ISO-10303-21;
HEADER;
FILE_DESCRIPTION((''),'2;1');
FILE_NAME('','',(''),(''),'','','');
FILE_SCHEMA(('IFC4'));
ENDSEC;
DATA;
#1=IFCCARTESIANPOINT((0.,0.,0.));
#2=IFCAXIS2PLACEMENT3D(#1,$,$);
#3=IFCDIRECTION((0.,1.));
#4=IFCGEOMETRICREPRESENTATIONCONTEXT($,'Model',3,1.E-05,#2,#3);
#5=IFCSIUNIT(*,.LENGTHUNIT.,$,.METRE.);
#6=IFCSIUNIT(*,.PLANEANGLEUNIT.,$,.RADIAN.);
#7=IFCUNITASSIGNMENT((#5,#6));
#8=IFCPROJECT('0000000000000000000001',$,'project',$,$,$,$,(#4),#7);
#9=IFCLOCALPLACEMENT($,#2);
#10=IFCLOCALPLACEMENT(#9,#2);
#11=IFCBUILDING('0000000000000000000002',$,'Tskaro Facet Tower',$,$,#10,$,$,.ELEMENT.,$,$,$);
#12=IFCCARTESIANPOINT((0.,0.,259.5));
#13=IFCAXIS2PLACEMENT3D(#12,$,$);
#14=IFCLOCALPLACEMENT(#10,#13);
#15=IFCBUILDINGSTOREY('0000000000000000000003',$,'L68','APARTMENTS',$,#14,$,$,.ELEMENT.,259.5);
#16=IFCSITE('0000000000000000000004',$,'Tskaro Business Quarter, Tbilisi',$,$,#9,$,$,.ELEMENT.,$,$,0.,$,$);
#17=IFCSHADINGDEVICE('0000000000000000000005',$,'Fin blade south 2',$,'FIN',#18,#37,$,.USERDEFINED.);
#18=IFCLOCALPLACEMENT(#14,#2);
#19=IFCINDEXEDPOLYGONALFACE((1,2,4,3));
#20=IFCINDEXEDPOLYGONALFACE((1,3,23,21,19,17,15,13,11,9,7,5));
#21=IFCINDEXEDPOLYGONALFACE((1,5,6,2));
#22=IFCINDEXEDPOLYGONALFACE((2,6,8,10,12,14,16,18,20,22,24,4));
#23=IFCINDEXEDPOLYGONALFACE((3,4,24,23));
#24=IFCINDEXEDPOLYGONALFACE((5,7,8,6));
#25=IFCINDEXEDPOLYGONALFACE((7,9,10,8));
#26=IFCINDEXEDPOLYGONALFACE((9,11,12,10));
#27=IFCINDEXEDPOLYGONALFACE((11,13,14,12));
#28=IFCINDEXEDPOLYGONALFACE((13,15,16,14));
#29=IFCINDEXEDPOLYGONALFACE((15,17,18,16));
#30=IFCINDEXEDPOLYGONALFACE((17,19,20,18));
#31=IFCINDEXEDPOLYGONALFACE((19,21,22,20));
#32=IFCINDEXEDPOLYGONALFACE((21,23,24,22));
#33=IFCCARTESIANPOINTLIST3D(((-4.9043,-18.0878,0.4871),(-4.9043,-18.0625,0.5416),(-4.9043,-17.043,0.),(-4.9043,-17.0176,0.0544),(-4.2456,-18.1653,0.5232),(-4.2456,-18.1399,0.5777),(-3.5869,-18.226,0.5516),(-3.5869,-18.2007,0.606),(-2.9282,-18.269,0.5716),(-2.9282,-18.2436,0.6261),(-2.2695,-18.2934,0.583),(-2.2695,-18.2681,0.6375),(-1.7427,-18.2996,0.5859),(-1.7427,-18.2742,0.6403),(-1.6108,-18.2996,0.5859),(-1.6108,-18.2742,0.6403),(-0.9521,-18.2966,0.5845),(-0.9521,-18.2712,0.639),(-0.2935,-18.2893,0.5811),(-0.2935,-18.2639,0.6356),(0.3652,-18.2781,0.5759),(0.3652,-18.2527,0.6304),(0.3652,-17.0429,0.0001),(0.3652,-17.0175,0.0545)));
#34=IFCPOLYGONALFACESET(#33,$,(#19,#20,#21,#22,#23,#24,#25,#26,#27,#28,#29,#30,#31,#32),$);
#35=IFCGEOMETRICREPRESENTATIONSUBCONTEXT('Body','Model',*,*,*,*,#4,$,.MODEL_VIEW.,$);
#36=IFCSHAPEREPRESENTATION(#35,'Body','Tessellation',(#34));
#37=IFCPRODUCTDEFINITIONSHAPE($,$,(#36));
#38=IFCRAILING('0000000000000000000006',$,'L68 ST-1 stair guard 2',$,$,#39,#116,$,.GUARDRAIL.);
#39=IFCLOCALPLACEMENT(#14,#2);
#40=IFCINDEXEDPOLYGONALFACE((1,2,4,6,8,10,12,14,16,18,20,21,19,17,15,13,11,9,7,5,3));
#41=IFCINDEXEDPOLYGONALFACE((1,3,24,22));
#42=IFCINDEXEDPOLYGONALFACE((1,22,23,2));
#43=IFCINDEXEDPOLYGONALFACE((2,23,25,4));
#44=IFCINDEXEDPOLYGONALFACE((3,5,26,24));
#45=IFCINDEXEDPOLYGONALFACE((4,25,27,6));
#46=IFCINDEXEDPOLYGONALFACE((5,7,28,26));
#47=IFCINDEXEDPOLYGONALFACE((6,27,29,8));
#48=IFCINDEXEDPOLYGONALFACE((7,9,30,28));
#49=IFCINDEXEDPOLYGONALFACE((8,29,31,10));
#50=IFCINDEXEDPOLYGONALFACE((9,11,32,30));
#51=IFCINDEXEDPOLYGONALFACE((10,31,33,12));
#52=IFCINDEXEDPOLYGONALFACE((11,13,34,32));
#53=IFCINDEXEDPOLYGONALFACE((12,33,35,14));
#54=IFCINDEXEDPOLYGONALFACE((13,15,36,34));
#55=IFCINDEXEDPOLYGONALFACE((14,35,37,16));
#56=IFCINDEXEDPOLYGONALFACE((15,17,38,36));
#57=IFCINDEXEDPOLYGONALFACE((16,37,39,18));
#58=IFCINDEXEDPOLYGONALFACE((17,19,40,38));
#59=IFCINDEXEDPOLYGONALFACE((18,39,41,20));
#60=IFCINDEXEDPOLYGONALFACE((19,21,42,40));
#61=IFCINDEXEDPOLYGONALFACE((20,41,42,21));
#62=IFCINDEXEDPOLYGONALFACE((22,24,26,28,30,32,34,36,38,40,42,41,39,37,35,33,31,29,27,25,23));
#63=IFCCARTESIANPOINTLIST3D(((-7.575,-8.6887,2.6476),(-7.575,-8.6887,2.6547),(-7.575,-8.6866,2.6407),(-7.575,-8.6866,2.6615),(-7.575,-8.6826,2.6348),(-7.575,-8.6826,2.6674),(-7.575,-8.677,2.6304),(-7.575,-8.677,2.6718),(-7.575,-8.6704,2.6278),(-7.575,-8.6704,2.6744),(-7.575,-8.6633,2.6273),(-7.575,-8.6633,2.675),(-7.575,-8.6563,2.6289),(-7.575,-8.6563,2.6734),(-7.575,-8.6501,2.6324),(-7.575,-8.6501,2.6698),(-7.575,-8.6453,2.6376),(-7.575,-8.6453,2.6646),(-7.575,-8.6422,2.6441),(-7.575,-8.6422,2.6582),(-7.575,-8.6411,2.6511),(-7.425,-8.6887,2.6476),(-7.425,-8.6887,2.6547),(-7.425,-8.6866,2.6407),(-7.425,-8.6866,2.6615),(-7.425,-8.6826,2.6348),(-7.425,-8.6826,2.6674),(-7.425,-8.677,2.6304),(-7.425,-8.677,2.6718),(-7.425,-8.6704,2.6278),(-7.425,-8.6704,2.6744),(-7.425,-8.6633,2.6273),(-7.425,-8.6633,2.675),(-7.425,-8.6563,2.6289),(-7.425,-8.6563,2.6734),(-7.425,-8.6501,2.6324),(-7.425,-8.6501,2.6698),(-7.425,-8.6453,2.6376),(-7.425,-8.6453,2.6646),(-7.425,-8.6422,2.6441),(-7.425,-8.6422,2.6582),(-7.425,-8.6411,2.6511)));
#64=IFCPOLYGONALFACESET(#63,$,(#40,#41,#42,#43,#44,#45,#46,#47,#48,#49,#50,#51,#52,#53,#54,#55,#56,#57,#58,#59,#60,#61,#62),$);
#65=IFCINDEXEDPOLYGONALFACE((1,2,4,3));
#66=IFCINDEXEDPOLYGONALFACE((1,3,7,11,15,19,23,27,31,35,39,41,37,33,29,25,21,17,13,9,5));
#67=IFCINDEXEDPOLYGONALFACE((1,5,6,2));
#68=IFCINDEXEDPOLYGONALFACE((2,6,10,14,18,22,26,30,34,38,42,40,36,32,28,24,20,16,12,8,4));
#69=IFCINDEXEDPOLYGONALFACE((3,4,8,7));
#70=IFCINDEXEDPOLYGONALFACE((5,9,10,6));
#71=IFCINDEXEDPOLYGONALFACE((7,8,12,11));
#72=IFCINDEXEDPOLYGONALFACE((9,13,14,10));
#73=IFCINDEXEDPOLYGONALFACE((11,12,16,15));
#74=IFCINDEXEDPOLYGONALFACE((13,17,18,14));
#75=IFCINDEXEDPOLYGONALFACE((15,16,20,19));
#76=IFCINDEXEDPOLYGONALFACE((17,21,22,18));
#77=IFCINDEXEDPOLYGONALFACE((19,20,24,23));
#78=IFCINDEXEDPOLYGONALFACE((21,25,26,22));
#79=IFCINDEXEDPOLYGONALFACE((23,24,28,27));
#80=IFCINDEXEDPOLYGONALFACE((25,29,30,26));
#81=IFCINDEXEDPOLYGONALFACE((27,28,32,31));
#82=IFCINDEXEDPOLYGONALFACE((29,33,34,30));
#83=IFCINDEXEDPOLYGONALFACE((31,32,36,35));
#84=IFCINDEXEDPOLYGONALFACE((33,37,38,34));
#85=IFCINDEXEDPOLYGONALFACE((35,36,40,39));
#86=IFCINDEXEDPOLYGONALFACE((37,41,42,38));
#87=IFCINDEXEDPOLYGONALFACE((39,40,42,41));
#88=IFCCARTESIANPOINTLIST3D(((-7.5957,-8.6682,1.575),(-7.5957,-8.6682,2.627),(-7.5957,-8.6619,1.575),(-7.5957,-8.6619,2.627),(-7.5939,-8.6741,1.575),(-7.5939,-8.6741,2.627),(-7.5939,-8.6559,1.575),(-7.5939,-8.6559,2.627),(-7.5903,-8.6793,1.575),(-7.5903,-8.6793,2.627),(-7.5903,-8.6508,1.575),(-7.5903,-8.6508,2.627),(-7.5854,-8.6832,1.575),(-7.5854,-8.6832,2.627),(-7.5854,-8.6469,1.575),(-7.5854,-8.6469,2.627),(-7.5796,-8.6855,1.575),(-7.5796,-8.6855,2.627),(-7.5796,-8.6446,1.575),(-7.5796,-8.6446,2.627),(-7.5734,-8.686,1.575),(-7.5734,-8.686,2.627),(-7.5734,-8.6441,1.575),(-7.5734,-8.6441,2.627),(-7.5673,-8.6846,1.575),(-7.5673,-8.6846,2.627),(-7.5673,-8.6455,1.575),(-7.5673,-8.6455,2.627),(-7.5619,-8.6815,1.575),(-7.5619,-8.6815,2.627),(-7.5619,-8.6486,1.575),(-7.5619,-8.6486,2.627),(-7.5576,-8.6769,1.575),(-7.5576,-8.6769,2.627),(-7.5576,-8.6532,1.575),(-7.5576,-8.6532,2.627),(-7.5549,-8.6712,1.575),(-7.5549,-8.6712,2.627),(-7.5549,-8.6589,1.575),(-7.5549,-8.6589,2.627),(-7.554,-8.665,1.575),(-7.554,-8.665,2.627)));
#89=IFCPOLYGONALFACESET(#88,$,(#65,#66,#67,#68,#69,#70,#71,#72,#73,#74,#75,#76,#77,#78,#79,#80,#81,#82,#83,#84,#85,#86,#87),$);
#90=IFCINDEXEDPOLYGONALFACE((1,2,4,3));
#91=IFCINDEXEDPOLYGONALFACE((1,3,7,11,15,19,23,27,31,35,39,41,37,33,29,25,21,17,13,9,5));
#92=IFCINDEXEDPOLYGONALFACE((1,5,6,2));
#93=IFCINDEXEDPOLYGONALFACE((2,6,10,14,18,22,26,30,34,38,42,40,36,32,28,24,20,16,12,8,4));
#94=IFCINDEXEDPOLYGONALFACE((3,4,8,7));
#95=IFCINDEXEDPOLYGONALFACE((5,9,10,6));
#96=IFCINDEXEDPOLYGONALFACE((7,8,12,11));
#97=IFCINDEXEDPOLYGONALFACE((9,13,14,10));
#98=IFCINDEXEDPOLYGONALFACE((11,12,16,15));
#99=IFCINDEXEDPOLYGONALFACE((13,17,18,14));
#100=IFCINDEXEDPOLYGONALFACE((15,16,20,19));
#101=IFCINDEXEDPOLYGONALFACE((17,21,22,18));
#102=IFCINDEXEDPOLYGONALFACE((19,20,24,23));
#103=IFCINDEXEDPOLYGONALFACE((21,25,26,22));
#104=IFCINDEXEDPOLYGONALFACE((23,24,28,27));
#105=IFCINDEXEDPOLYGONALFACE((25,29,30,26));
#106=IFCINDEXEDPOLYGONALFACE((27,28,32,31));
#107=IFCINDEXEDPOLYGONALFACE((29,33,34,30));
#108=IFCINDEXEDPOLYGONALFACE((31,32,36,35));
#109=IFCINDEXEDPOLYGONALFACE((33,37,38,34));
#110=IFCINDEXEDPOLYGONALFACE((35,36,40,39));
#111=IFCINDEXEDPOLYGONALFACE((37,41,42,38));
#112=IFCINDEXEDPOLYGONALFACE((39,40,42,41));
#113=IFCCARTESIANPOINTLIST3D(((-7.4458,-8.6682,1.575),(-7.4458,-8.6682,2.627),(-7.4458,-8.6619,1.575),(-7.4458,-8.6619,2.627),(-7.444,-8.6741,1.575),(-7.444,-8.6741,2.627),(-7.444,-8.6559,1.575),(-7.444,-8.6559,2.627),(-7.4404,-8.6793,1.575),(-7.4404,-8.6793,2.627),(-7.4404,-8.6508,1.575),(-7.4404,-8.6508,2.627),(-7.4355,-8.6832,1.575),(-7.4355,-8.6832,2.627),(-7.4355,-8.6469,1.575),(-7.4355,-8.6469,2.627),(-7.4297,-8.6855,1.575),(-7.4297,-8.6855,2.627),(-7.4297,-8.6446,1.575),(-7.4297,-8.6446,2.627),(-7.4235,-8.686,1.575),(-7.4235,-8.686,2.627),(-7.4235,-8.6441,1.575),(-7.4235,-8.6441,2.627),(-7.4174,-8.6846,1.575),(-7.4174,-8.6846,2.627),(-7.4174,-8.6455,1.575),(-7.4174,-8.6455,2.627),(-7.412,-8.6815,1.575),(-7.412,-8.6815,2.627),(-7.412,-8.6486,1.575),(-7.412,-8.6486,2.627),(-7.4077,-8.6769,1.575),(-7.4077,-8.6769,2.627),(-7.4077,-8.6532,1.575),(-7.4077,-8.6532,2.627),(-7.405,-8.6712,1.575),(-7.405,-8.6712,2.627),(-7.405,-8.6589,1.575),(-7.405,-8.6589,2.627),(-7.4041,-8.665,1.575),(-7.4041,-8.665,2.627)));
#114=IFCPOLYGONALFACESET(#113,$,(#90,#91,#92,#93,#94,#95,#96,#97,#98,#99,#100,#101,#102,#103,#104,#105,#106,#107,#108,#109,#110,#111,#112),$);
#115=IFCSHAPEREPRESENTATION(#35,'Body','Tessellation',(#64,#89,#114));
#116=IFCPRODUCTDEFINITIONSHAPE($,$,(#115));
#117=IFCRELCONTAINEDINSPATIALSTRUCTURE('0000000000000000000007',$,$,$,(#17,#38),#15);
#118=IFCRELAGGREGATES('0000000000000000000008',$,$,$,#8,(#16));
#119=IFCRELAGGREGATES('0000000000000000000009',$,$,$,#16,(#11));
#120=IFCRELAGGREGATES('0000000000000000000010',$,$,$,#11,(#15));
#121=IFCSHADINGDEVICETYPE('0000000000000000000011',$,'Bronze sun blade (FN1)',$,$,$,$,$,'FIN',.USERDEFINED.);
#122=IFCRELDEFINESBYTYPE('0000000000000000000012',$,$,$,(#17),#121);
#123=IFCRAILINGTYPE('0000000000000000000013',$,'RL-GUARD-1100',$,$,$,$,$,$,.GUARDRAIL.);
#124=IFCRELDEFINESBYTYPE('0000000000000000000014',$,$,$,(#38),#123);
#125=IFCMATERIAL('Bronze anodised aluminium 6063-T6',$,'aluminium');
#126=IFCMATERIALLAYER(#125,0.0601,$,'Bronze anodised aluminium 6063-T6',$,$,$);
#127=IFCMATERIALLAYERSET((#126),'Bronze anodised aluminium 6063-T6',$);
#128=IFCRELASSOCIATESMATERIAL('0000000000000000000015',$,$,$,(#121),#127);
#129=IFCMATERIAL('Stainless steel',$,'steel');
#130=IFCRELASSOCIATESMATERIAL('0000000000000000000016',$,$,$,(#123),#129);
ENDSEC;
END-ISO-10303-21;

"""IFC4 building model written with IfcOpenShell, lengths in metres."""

from ifc_helpers import new_model, si_unit, direction, frame, origin, origin_2d, place, context, subcontext, project, spatial, polyline, circle, outline, extrude, material, layer, layer_set, type_object, element, save


model = new_model("IFC4")

# Units and contexts
model_context = context("Model", 3, precision=1e-05, world=origin(), true_north=direction((0.0, 1.0)))
body_context = subcontext(model_context, "Body", "Model", "MODEL_VIEW")
ifc_project = project(units=[si_unit("LENGTHUNIT", "METRE"), si_unit("PLANEANGLEUNIT", "RADIAN")], contexts=[model_context])

# Site, building, storey
site_placement = place(None, origin())
site = spatial("IfcSite", under=ifc_project, at=site_placement, Name="Tskaro Business Quarter, Tbilisi", CompositionType="ELEMENT", RefElevation=0.0)
building_placement = place(site_placement, origin())
building = spatial("IfcBuilding", under=site, at=building_placement, Name="Tskaro Facet Tower", CompositionType="ELEMENT")
storey_placement = place(building_placement, frame((0.0, 0.0, 259.5)))
storey = spatial("IfcBuildingStorey", under=building, at=storey_placement, Name="L68", Description="APARTMENTS", CompositionType="ELEMENT", Elevation=259.5)

# Shared definitions
ifc_material_1 = material(Name="Bronze anodised aluminium 6063-T6", Category="aluminium")

# Shared definitions
ifc_material_2 = material(Name="Stainless steel", Category="steel")

# Shading device
ifc_layer_1 = layer(ifc_material_1, 0.0601, Name="Bronze anodised aluminium 6063-T6")
ifc_layer_set_1 = layer_set([ifc_layer_1], Name="Bronze anodised aluminium 6063-T6")
shading_device_type = type_object("IfcShadingDeviceType", Name="Bronze sun blade (FN1)", ElementType="FIN", PredefinedType="USERDEFINED", material=ifc_layer_set_1)
shading_device_placement = place(storey_placement, frame((-4.9043, -17.0176, 0.0544), z_axis=(-0.000018, 0.422543, 0.906343), x_axis=(1.0, 0.000008, 0.000016)))
element("IfcShadingDevice", 1, at=shading_device_placement, inside=storey, type_object=shading_device_type, Name="Fin blade south 2", ObjectType="FIN", PredefinedType="USERDEFINED", context=body_context, shape_type="SweptSolid", body=[
    extrude(outline(polyline([(0.0, 0.0), (5.2695, 0.0), (5.2695, -1.3628), (4.6108, -1.3751), (3.9521, -1.3832), (3.2935, -1.3865), (3.1616, -1.3865), (2.6348, -1.3797), (1.9761, -1.3527), (1.3174, -1.3053), (0.6587, -1.2383), (0.0, -1.1529), (0.0, 0.0)])), origin(), (0.0, 0.0, -1.0), 0.0601),
])

# Railing
railing_type = type_object("IfcRailingType", Name="RL-GUARD-1100", PredefinedType="GUARDRAIL", material=ifc_material_2)
railing_1_placement = place(storey_placement, frame((-7.575, -8.665, 1.575)))
element("IfcRailing", 2, at=railing_1_placement, inside=storey, type_object=railing_type, Name="L68 ST-1 stair guard 2", PredefinedType="GUARDRAIL", context=body_context, shape_type="SweptSolid", body=[
    extrude(circle(Radius=0.0239, at=origin_2d()), frame((0.0, 0.0, 1.0762), z_axis=(1.0, 0.0, 0.0), x_axis=(0.0, 1.0, 0.0)), (0.0, 0.0, 1.0), 0.1499),
    extrude(circle(Radius=0.021, at=origin_2d()), origin(), (0.0, 0.0, 1.0), 1.052),
    extrude(circle(Radius=0.021, at=origin_2d()), frame((0.1499, 0.0, 0.0)), (0.0, 0.0, 1.0), 1.052),
])

save(model, "model.ifc")
